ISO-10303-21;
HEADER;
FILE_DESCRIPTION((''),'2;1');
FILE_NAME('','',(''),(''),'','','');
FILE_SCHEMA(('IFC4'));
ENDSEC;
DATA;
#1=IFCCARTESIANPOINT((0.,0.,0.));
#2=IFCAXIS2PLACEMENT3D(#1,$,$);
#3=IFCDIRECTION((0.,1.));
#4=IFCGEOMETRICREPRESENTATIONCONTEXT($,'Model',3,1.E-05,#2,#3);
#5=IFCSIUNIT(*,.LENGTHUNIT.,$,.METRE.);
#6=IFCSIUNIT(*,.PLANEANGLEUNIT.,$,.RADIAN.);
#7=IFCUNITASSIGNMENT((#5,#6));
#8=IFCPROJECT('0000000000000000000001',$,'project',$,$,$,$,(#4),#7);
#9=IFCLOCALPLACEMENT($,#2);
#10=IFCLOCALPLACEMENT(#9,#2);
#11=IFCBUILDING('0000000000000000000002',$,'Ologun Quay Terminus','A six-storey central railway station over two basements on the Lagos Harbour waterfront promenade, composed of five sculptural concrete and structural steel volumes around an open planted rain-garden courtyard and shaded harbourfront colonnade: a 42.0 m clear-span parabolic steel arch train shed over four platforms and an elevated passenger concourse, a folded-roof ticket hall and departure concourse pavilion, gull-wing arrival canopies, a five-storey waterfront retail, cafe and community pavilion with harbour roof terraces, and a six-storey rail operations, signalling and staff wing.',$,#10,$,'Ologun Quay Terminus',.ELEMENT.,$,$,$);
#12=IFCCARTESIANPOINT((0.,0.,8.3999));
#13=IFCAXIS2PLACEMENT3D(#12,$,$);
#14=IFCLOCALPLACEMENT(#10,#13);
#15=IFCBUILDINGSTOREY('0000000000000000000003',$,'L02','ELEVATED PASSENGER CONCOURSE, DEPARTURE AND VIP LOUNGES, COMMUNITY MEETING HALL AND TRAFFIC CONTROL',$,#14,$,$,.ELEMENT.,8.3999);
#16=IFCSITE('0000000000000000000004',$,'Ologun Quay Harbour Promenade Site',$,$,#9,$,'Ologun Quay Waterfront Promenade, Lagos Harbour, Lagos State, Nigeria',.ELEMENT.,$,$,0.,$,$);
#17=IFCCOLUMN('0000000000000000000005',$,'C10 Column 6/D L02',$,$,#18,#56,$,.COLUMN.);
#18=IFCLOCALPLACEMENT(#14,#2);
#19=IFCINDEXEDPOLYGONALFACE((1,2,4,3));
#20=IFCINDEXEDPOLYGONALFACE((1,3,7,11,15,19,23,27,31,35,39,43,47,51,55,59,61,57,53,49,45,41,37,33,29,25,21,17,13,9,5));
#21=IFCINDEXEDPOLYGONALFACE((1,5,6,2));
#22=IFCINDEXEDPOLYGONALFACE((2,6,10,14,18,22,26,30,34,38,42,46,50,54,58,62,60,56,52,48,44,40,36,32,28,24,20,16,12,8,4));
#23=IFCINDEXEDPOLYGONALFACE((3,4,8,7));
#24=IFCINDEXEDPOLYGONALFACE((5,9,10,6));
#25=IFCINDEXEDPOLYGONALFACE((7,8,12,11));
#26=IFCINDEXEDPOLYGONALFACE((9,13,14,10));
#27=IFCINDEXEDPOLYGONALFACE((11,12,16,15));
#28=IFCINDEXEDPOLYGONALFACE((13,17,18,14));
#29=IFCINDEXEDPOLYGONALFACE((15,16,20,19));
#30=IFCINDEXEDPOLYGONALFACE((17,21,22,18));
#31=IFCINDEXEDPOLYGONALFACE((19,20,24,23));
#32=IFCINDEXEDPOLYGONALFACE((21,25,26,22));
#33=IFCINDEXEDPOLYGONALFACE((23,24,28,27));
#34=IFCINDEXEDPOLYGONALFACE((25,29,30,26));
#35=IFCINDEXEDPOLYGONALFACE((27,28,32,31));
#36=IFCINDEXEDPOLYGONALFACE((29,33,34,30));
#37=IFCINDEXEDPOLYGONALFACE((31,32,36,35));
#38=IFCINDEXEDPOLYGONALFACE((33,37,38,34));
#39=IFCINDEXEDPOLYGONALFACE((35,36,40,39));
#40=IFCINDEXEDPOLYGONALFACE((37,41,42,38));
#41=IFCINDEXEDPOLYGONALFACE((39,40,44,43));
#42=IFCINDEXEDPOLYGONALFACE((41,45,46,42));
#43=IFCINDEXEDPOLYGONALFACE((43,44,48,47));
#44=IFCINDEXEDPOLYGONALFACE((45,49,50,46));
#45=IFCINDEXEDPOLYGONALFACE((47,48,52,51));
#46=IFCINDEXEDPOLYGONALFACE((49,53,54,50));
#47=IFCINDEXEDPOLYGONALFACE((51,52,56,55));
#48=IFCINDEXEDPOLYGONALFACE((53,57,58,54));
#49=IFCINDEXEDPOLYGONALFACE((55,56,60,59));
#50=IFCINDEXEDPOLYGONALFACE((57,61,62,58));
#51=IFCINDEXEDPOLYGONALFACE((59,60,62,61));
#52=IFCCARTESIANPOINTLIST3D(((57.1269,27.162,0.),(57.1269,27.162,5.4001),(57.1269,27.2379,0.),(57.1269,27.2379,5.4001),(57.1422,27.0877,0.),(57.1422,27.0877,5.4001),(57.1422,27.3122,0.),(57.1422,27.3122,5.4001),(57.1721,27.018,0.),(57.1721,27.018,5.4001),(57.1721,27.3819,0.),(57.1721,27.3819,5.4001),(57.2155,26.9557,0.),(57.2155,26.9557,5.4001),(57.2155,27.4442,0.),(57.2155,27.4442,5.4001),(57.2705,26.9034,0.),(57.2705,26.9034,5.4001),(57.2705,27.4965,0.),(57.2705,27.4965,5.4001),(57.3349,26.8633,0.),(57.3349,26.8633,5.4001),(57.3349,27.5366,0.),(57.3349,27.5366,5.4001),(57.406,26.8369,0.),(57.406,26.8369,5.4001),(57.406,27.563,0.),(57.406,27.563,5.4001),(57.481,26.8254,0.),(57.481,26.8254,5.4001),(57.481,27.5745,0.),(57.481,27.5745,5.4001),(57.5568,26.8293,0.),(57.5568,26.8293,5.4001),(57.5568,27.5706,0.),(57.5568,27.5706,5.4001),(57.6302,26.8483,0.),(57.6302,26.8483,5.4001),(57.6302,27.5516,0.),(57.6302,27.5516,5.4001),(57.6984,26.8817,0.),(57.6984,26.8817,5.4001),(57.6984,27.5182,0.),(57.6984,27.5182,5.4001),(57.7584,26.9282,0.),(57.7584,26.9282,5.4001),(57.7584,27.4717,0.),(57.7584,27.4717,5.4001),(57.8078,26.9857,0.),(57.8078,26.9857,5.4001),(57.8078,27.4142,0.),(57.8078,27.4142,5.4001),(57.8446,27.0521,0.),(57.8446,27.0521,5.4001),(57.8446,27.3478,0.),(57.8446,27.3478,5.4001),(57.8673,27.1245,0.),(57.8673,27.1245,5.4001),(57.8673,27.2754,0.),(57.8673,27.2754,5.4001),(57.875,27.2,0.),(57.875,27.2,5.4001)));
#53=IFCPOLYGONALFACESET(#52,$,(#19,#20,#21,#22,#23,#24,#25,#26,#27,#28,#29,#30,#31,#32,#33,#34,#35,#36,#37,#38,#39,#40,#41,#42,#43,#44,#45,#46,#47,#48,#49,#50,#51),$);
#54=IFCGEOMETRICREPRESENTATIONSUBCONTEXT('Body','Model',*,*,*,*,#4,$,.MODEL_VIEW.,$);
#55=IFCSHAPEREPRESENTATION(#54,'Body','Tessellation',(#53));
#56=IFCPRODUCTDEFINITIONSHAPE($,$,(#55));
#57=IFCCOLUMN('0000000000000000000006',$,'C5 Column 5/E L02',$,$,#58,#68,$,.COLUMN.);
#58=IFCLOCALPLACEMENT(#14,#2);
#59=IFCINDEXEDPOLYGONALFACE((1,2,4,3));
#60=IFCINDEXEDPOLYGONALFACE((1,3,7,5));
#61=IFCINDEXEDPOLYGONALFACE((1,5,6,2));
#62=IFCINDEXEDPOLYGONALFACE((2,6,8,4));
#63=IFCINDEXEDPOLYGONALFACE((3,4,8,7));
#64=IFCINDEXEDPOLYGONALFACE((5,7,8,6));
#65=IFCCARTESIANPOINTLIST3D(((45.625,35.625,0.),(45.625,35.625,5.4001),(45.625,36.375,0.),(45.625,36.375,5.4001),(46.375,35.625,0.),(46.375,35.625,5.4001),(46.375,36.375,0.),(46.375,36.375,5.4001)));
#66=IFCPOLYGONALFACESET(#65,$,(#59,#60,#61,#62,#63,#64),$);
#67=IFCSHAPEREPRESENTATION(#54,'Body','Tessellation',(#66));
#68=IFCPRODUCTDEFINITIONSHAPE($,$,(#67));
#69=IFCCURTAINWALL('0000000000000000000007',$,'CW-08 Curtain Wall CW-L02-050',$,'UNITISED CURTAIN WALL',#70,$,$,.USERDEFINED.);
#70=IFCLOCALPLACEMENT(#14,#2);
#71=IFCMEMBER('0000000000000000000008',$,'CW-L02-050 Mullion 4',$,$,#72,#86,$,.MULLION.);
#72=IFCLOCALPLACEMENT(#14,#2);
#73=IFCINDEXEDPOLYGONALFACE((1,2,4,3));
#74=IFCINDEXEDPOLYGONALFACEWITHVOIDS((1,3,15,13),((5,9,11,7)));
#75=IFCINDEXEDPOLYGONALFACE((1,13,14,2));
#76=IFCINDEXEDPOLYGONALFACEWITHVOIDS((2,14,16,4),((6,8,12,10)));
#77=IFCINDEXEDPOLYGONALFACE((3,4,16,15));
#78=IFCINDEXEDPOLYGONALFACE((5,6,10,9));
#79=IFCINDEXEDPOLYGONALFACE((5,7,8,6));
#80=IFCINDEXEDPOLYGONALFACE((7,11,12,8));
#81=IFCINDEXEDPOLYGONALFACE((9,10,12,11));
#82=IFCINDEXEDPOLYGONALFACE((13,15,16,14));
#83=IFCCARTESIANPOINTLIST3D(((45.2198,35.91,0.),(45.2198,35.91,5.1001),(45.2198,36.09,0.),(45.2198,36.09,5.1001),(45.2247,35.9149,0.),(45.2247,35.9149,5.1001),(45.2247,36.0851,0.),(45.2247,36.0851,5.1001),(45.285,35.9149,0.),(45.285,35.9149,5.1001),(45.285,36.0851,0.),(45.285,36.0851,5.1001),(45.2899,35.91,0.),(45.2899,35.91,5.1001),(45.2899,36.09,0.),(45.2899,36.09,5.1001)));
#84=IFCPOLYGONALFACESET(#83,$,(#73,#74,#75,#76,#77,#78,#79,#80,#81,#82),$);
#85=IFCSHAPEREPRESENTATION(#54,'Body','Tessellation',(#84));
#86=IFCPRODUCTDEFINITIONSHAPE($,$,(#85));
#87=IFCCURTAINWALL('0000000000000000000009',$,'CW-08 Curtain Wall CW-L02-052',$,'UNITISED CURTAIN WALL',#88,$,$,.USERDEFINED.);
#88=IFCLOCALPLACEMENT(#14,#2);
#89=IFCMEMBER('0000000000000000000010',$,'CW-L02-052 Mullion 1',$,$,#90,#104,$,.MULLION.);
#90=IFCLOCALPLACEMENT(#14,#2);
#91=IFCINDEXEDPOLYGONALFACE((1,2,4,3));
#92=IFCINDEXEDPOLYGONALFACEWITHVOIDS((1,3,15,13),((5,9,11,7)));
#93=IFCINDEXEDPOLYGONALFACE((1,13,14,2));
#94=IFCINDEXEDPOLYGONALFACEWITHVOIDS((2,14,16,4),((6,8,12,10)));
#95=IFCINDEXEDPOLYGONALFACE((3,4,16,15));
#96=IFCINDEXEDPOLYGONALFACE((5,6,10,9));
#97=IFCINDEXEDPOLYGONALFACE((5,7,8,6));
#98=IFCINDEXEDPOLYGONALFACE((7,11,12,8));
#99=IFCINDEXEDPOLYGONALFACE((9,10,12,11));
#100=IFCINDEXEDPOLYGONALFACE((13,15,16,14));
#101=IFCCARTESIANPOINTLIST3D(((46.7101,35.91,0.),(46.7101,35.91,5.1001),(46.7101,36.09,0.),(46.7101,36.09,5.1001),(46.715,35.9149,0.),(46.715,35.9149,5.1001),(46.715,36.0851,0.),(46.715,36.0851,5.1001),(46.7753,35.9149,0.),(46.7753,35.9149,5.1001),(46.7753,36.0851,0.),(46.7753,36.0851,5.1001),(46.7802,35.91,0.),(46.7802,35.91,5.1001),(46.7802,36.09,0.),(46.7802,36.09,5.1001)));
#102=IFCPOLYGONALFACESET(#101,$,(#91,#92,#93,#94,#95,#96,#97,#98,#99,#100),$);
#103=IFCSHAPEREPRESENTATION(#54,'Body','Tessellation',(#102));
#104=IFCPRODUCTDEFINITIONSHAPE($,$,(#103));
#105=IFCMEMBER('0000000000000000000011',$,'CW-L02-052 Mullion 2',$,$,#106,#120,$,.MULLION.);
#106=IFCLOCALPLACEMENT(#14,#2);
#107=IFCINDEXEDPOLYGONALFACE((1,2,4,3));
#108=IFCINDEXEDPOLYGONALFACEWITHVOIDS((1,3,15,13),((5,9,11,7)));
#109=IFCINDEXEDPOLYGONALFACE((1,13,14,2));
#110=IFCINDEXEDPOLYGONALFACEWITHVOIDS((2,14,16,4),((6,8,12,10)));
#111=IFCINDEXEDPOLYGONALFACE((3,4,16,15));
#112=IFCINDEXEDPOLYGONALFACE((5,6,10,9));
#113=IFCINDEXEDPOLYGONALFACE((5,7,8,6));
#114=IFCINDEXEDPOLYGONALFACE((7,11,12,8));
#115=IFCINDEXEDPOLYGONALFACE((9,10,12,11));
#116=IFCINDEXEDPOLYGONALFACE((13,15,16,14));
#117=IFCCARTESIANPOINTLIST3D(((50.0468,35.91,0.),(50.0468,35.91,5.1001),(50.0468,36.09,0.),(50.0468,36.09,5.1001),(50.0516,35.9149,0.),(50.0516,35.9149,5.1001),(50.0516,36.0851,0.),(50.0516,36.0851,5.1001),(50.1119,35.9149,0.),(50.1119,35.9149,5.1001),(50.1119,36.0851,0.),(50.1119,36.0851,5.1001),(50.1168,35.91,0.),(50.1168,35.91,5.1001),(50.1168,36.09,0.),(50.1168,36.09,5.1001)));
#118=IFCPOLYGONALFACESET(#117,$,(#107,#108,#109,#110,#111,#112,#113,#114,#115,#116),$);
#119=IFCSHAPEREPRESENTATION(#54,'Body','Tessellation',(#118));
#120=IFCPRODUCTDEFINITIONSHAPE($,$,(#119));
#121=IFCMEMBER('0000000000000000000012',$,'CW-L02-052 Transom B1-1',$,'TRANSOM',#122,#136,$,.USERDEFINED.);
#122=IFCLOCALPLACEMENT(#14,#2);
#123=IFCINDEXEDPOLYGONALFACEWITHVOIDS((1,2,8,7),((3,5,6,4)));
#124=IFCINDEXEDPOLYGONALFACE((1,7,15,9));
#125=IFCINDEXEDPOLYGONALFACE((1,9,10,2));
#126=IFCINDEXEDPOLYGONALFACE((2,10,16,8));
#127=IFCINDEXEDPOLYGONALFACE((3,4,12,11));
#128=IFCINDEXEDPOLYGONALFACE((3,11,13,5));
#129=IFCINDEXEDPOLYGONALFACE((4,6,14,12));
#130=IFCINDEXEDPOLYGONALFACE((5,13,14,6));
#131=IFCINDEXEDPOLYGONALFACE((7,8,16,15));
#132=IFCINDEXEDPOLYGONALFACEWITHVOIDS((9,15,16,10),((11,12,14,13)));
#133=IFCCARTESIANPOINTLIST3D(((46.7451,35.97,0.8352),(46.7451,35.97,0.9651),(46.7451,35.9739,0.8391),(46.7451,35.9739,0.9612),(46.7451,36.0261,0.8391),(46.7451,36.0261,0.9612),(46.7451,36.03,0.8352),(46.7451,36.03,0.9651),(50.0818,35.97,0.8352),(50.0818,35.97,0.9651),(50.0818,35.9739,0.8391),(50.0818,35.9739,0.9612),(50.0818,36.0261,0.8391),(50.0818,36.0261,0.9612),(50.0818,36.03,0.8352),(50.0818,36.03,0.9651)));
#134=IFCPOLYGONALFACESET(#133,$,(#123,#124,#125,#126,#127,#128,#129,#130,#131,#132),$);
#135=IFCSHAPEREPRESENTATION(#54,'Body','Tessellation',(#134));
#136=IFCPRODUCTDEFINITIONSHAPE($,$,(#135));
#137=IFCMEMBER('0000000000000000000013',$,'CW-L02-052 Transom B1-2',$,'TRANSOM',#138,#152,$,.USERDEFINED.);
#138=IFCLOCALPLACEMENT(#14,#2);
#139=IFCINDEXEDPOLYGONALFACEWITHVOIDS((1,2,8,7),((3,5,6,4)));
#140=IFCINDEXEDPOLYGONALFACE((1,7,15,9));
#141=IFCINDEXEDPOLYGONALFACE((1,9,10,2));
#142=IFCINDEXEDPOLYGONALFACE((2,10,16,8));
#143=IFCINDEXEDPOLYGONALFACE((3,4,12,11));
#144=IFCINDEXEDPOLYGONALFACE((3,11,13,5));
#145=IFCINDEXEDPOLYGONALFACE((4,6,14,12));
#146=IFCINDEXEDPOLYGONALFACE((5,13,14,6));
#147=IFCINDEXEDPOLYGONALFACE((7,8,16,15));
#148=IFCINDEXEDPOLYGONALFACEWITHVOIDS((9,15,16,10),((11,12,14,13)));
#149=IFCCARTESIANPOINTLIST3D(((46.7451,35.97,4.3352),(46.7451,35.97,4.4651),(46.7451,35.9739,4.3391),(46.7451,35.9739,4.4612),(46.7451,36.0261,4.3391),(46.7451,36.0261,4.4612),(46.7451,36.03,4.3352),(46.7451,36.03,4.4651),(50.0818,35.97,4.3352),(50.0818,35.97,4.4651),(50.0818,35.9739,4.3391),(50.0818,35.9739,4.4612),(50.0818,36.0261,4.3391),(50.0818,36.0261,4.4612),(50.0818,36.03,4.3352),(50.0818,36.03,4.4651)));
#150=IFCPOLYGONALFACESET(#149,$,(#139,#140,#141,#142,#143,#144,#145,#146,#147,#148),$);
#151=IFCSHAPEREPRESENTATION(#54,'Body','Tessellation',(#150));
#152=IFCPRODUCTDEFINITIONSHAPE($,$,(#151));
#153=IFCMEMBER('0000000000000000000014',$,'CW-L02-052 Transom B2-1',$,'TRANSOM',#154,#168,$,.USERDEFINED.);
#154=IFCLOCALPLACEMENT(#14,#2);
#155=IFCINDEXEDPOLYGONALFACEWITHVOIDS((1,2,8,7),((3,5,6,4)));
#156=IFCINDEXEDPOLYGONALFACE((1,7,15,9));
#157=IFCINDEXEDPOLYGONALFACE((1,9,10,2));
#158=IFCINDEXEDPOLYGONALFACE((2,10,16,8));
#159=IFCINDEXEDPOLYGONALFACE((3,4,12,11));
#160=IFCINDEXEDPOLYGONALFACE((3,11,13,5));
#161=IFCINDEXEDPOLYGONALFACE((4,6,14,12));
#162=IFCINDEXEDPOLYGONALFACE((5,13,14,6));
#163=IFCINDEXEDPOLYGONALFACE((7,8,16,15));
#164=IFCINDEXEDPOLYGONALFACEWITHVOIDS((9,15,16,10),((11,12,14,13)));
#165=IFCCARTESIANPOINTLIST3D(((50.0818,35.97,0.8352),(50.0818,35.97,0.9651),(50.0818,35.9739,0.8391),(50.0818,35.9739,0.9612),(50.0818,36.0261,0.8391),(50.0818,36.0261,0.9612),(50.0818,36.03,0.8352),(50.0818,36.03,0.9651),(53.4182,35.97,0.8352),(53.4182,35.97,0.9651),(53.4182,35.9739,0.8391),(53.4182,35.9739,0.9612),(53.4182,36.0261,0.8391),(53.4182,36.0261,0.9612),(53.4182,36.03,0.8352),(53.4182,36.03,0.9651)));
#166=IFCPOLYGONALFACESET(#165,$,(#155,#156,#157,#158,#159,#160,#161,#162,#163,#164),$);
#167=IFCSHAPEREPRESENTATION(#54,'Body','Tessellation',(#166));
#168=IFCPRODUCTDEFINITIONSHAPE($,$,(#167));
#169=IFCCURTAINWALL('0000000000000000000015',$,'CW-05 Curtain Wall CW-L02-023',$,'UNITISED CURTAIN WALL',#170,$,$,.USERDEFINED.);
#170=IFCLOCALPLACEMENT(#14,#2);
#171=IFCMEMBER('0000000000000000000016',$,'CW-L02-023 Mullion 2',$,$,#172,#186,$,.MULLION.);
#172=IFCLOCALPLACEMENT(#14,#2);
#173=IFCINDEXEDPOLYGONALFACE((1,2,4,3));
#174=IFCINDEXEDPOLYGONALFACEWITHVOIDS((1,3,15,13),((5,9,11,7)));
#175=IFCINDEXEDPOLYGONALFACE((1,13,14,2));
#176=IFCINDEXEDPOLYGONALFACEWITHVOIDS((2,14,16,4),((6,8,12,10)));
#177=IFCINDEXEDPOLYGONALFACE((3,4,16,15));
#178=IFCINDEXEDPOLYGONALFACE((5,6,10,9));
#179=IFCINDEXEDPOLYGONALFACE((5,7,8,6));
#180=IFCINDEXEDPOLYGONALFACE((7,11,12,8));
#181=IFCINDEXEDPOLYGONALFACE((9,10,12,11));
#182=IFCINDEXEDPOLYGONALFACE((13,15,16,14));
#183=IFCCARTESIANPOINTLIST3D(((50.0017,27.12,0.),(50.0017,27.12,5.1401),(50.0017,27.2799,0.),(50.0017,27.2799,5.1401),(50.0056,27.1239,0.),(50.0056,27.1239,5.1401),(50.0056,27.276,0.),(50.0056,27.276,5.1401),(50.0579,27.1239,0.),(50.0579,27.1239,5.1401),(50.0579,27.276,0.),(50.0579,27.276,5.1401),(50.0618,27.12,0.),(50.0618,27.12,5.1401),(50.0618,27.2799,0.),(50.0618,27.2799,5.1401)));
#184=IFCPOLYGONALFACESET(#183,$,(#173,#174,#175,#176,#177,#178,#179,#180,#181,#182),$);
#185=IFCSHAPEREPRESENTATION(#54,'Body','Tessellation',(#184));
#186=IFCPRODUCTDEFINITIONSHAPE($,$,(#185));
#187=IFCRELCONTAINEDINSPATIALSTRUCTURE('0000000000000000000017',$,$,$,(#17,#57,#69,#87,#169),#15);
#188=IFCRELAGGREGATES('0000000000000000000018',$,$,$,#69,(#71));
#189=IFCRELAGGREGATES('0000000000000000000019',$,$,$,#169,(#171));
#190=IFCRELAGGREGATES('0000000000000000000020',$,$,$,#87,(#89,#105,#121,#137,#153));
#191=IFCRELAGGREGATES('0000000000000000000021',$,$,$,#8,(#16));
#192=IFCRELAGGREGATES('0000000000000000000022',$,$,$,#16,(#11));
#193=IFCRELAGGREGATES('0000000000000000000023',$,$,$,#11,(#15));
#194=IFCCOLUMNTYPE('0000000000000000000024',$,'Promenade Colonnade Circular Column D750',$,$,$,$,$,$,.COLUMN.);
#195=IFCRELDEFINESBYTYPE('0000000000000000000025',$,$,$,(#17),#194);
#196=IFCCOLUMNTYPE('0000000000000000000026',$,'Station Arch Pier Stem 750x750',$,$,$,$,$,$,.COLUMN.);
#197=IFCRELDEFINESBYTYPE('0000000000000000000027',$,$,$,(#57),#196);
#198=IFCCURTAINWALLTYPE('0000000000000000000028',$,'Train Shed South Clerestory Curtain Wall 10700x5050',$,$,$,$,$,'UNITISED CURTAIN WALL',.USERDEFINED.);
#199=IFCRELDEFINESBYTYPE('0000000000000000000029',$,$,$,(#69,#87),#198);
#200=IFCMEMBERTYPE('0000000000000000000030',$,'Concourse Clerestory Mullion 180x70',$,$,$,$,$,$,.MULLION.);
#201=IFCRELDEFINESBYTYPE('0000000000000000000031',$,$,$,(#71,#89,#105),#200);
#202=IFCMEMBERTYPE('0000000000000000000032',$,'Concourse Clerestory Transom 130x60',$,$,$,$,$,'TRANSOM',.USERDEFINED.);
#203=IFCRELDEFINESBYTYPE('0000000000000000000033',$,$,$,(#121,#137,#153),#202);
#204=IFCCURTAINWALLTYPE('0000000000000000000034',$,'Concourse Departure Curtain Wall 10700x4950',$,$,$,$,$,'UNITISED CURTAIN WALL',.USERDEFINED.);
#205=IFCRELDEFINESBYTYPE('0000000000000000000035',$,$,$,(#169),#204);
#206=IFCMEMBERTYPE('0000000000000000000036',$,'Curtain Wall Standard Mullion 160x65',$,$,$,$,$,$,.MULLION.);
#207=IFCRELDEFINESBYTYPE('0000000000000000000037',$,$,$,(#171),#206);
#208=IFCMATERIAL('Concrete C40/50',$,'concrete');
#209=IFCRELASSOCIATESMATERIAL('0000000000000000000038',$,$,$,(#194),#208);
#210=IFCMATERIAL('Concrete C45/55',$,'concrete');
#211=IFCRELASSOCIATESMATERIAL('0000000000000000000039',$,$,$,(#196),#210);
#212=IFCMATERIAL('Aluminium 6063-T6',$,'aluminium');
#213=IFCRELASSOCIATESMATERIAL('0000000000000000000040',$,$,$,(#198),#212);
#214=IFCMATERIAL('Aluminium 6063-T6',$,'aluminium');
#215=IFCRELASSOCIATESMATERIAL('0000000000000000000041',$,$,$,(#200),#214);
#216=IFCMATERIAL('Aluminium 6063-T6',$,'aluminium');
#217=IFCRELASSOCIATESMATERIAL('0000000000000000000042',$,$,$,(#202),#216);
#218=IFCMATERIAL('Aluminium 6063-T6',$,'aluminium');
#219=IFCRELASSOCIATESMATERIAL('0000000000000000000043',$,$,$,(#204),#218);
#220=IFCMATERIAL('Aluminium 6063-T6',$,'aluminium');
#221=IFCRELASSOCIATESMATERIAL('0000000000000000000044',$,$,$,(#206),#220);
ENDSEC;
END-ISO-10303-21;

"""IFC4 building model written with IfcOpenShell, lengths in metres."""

from ifc_helpers import new_model, si_unit, direction, frame, origin, origin_2d, place, context, subcontext, project, spatial, rectangle, hollow_rectangle, circle, extrude, material, material_profile, profile_set, type_object, element, aggregate, save


model = new_model("IFC4")

# Units and contexts
model_context = context("Model", 3, precision=1e-05, world=origin(), true_north=direction((0.0, 1.0)))
body_context = subcontext(model_context, "Body", "Model", "MODEL_VIEW")
ifc_project = project(units=[si_unit("LENGTHUNIT", "METRE"), si_unit("PLANEANGLEUNIT", "RADIAN")], contexts=[model_context])

# Site, building, storey
site_placement = place(None, origin())
site = spatial("IfcSite", under=ifc_project, at=site_placement, Name="Ologun Quay Harbour Promenade Site", LongName="Ologun Quay Waterfront Promenade, Lagos Harbour, Lagos State, Nigeria", CompositionType="ELEMENT", RefElevation=0.0)
building_placement = place(site_placement, origin())
building = spatial("IfcBuilding", under=site, at=building_placement, Name="Ologun Quay Terminus", Description="A six-storey central railway station over two basements on the Lagos Harbour waterfront promenade, composed of five sculptural concrete and structural steel volumes around an open planted rain-garden courtyard and shaded harbourfront colonnade: a 42.0 m clear-span parabolic steel arch train shed over four platforms and an elevated passenger concourse, a folded-roof ticket hall and departure concourse pavilion, gull-wing arrival canopies, a five-storey waterfront retail, cafe and community pavilion with harbour roof terraces, and a six-storey rail operations, signalling and staff wing.", LongName="Ologun Quay Terminus", CompositionType="ELEMENT")
storey_placement = place(building_placement, frame((0.0, 0.0, 8.3999)))
storey = spatial("IfcBuildingStorey", under=building, at=storey_placement, Name="L02", Description="ELEVATED PASSENGER CONCOURSE, DEPARTURE AND VIP LOUNGES, COMMUNITY MEETING HALL AND TRAFFIC CONTROL", CompositionType="ELEMENT", Elevation=8.3999)

# Columns
ifc_material_1 = material(Name="Concrete C40/50", Category="concrete")
ifc_material_profile_1 = material_profile(ifc_material_1, circle(Radius=0.375, at=origin_2d()), Name="RC D750")
ifc_profile_set_1 = profile_set([ifc_material_profile_1], Name="Concrete C40/50")
column_type_1 = type_object("IfcColumnType", Name="Promenade Colonnade Circular Column D750", PredefinedType="COLUMN", material=ifc_profile_set_1)
column_1_placement = place(storey_placement, frame((57.5, 27.2, 0.0), z_axis=(0.0, 0.0, 1.0), x_axis=(1.0, 0.0, 0.0)))
element("IfcColumn", 1, at=column_1_placement, inside=storey, type_object=column_type_1, Name="C10 Column 6/D L02", PredefinedType="COLUMN", context=body_context, shape_type="SweptSolid", body=[
    extrude(circle(Radius=0.375, at=origin_2d()), origin(), (0.0, 0.0, 1.0), 5.4001),
])
ifc_material_2 = material(Name="Concrete C45/55", Category="concrete")
ifc_material_profile_2 = material_profile(ifc_material_2, rectangle(XDim=0.75, YDim=0.75, at=origin_2d()), Name="RC 750x750")
ifc_profile_set_2 = profile_set([ifc_material_profile_2], Name="Concrete C45/55")
column_type_2 = type_object("IfcColumnType", Name="Station Arch Pier Stem 750x750", PredefinedType="COLUMN", material=ifc_profile_set_2)
column_2_placement = place(storey_placement, frame((46.0, 36.0, 0.0), z_axis=(0.0, 0.0, 1.0), x_axis=(1.0, 0.0, 0.0)))
element("IfcColumn", 2, at=column_2_placement, inside=storey, type_object=column_type_2, Name="C5 Column 5/E L02", PredefinedType="COLUMN", context=body_context, shape_type="SweptSolid", body=[
    extrude(rectangle(XDim=0.75, YDim=0.75, at=origin_2d()), origin(), (0.0, 0.0, 1.0), 5.4001),
])

# Curtain wall, member
ifc_material_3 = material(Name="Aluminium 6063-T6", Category="aluminium")
curtain_wall_type_1 = type_object("IfcCurtainWallType", Name="Train Shed South Clerestory Curtain Wall 10700x5050", ElementType="UNITISED CURTAIN WALL", PredefinedType="USERDEFINED", material=ifc_material_3)
curtain_wall_1_placement = place(storey_placement, origin())
curtain_wall_1 = element("IfcCurtainWall", 3, at=curtain_wall_1_placement, inside=storey, type_object=curtain_wall_type_1, Name="CW-08 Curtain Wall CW-L02-050", ObjectType="UNITISED CURTAIN WALL", PredefinedType="USERDEFINED")
ifc_material_4 = material(Name="Aluminium 6063-T6", Category="aluminium")
ifc_material_profile_3 = material_profile(ifc_material_4, hollow_rectangle(XDim=0.0701, YDim=0.1799, WallThickness=0.0049, at=origin_2d()), Name="ALU 180x70x5")
ifc_profile_set_3 = profile_set([ifc_material_profile_3], Name="Aluminium 6063-T6")
member_type_1 = type_object("IfcMemberType", Name="Concourse Clerestory Mullion 180x70", PredefinedType="MULLION", material=ifc_profile_set_3)
member_1_placement = place(storey_placement, frame((45.2549, 36.0, 0.0), z_axis=(0.0, 0.0, 1.0), x_axis=(1.0, 0.0, 0.0)))
member_1 = element("IfcMember", 4, at=member_1_placement, type_object=member_type_1, Name="CW-L02-050 Mullion 4", PredefinedType="MULLION", context=body_context, shape_type="SweptSolid", body=[
    extrude(hollow_rectangle(XDim=0.0701, YDim=0.1799, WallThickness=0.0049, at=origin_2d()), origin(), (0.0, 0.0, 1.0), 5.1001),
])
aggregate(curtain_wall_1, [member_1])

# Curtain walls, members
curtain_wall_2_placement = place(storey_placement, origin())
curtain_wall_2 = element("IfcCurtainWall", 5, at=curtain_wall_2_placement, inside=storey, type_object=curtain_wall_type_1, Name="CW-08 Curtain Wall CW-L02-052", ObjectType="UNITISED CURTAIN WALL", PredefinedType="USERDEFINED")
member_2_placement = place(storey_placement, frame((46.7451, 36.0, 0.0), z_axis=(0.0, 0.0, 1.0), x_axis=(1.0, 0.0, 0.0)))
member_2 = element("IfcMember", 6, at=member_2_placement, type_object=member_type_1, Name="CW-L02-052 Mullion 1", PredefinedType="MULLION", context=body_context, shape_type="SweptSolid", body=[
    extrude(hollow_rectangle(XDim=0.0701, YDim=0.1799, WallThickness=0.0049, at=origin_2d()), origin(), (0.0, 0.0, 1.0), 5.1001),
])
member_3_placement = place(storey_placement, frame((50.0818, 36.0, 0.0), z_axis=(0.0, 0.0, 1.0), x_axis=(1.0, 0.0, 0.0)))
member_3 = element("IfcMember", 7, at=member_3_placement, type_object=member_type_1, Name="CW-L02-052 Mullion 2", PredefinedType="MULLION", context=body_context, shape_type="SweptSolid", body=[
    extrude(hollow_rectangle(XDim=0.0701, YDim=0.1799, WallThickness=0.0049, at=origin_2d()), origin(), (0.0, 0.0, 1.0), 5.1001),
])
ifc_material_5 = material(Name="Aluminium 6063-T6", Category="aluminium")
ifc_material_profile_4 = material_profile(ifc_material_5, hollow_rectangle(XDim=0.0601, YDim=0.1299, WallThickness=0.0039, at=origin_2d()), Name="ALU 130x60x4")
ifc_profile_set_4 = profile_set([ifc_material_profile_4], Name="Aluminium 6063-T6")
member_type_2 = type_object("IfcMemberType", Name="Concourse Clerestory Transom 130x60", ElementType="TRANSOM", PredefinedType="USERDEFINED", material=ifc_profile_set_4)
member_4_placement = place(storey_placement, frame((46.7451, 36.0, 0.9001), z_axis=(1.0, 0.0, 0.0), x_axis=(0.0, 1.0, 0.0)))
member_4 = element("IfcMember", 8, at=member_4_placement, type_object=member_type_2, Name="CW-L02-052 Transom B1-1", ObjectType="TRANSOM", PredefinedType="USERDEFINED", context=body_context, shape_type="SweptSolid", body=[
    extrude(hollow_rectangle(XDim=0.0601, YDim=0.1299, WallThickness=0.0039, at=origin_2d()), origin(), (0.0, 0.0, 1.0), 3.3367),
])
member_5_placement = place(storey_placement, frame((46.7451, 36.0, 4.4001), z_axis=(1.0, 0.0, 0.0), x_axis=(0.0, 1.0, 0.0)))
member_5 = element("IfcMember", 9, at=member_5_placement, type_object=member_type_2, Name="CW-L02-052 Transom B1-2", ObjectType="TRANSOM", PredefinedType="USERDEFINED", context=body_context, shape_type="SweptSolid", body=[
    extrude(hollow_rectangle(XDim=0.0601, YDim=0.1299, WallThickness=0.0039, at=origin_2d()), origin(), (0.0, 0.0, 1.0), 3.3367),
])
member_6_placement = place(storey_placement, frame((50.0818, 36.0, 0.9001), z_axis=(1.0, 0.0, 0.0), x_axis=(0.0, 1.0, 0.0)))
member_6 = element("IfcMember", 10, at=member_6_placement, type_object=member_type_2, Name="CW-L02-052 Transom B2-1", ObjectType="TRANSOM", PredefinedType="USERDEFINED", context=body_context, shape_type="SweptSolid", body=[
    extrude(hollow_rectangle(XDim=0.0601, YDim=0.1299, WallThickness=0.0039, at=origin_2d()), origin(), (0.0, 0.0, 1.0), 3.3364),
])
ifc_material_6 = material(Name="Aluminium 6063-T6", Category="aluminium")
curtain_wall_type_2 = type_object("IfcCurtainWallType", Name="Concourse Departure Curtain Wall 10700x4950", ElementType="UNITISED CURTAIN WALL", PredefinedType="USERDEFINED", material=ifc_material_6)
curtain_wall_3_placement = place(storey_placement, origin())
curtain_wall_3 = element("IfcCurtainWall", 11, at=curtain_wall_3_placement, inside=storey, type_object=curtain_wall_type_2, Name="CW-05 Curtain Wall CW-L02-023", ObjectType="UNITISED CURTAIN WALL", PredefinedType="USERDEFINED")
ifc_material_7 = material(Name="Aluminium 6063-T6", Category="aluminium")
ifc_material_profile_5 = material_profile(ifc_material_7, hollow_rectangle(XDim=0.0601, YDim=0.1599, WallThickness=0.0039, at=origin_2d()), Name="ALU 160x60x4")
ifc_profile_set_5 = profile_set([ifc_material_profile_5], Name="Aluminium 6063-T6")
member_type_3 = type_object("IfcMemberType", Name="Curtain Wall Standard Mullion 160x65", PredefinedType="MULLION", material=ifc_profile_set_5)
member_7_placement = place(storey_placement, frame((50.0317, 27.2, 0.0), z_axis=(0.0, 0.0, 1.0), x_axis=(1.0, 0.0, 0.0)))
member_7 = element("IfcMember", 12, at=member_7_placement, type_object=member_type_3, Name="CW-L02-023 Mullion 2", PredefinedType="MULLION", context=body_context, shape_type="SweptSolid", body=[
    extrude(hollow_rectangle(XDim=0.0601, YDim=0.1599, WallThickness=0.0039, at=origin_2d()), origin(), (0.0, 0.0, 1.0), 5.1401),
])

aggregate(curtain_wall_3, [member_7])
aggregate(curtain_wall_2, [member_2, member_3, member_4, member_5, member_6])

save(model, "model.ifc")
